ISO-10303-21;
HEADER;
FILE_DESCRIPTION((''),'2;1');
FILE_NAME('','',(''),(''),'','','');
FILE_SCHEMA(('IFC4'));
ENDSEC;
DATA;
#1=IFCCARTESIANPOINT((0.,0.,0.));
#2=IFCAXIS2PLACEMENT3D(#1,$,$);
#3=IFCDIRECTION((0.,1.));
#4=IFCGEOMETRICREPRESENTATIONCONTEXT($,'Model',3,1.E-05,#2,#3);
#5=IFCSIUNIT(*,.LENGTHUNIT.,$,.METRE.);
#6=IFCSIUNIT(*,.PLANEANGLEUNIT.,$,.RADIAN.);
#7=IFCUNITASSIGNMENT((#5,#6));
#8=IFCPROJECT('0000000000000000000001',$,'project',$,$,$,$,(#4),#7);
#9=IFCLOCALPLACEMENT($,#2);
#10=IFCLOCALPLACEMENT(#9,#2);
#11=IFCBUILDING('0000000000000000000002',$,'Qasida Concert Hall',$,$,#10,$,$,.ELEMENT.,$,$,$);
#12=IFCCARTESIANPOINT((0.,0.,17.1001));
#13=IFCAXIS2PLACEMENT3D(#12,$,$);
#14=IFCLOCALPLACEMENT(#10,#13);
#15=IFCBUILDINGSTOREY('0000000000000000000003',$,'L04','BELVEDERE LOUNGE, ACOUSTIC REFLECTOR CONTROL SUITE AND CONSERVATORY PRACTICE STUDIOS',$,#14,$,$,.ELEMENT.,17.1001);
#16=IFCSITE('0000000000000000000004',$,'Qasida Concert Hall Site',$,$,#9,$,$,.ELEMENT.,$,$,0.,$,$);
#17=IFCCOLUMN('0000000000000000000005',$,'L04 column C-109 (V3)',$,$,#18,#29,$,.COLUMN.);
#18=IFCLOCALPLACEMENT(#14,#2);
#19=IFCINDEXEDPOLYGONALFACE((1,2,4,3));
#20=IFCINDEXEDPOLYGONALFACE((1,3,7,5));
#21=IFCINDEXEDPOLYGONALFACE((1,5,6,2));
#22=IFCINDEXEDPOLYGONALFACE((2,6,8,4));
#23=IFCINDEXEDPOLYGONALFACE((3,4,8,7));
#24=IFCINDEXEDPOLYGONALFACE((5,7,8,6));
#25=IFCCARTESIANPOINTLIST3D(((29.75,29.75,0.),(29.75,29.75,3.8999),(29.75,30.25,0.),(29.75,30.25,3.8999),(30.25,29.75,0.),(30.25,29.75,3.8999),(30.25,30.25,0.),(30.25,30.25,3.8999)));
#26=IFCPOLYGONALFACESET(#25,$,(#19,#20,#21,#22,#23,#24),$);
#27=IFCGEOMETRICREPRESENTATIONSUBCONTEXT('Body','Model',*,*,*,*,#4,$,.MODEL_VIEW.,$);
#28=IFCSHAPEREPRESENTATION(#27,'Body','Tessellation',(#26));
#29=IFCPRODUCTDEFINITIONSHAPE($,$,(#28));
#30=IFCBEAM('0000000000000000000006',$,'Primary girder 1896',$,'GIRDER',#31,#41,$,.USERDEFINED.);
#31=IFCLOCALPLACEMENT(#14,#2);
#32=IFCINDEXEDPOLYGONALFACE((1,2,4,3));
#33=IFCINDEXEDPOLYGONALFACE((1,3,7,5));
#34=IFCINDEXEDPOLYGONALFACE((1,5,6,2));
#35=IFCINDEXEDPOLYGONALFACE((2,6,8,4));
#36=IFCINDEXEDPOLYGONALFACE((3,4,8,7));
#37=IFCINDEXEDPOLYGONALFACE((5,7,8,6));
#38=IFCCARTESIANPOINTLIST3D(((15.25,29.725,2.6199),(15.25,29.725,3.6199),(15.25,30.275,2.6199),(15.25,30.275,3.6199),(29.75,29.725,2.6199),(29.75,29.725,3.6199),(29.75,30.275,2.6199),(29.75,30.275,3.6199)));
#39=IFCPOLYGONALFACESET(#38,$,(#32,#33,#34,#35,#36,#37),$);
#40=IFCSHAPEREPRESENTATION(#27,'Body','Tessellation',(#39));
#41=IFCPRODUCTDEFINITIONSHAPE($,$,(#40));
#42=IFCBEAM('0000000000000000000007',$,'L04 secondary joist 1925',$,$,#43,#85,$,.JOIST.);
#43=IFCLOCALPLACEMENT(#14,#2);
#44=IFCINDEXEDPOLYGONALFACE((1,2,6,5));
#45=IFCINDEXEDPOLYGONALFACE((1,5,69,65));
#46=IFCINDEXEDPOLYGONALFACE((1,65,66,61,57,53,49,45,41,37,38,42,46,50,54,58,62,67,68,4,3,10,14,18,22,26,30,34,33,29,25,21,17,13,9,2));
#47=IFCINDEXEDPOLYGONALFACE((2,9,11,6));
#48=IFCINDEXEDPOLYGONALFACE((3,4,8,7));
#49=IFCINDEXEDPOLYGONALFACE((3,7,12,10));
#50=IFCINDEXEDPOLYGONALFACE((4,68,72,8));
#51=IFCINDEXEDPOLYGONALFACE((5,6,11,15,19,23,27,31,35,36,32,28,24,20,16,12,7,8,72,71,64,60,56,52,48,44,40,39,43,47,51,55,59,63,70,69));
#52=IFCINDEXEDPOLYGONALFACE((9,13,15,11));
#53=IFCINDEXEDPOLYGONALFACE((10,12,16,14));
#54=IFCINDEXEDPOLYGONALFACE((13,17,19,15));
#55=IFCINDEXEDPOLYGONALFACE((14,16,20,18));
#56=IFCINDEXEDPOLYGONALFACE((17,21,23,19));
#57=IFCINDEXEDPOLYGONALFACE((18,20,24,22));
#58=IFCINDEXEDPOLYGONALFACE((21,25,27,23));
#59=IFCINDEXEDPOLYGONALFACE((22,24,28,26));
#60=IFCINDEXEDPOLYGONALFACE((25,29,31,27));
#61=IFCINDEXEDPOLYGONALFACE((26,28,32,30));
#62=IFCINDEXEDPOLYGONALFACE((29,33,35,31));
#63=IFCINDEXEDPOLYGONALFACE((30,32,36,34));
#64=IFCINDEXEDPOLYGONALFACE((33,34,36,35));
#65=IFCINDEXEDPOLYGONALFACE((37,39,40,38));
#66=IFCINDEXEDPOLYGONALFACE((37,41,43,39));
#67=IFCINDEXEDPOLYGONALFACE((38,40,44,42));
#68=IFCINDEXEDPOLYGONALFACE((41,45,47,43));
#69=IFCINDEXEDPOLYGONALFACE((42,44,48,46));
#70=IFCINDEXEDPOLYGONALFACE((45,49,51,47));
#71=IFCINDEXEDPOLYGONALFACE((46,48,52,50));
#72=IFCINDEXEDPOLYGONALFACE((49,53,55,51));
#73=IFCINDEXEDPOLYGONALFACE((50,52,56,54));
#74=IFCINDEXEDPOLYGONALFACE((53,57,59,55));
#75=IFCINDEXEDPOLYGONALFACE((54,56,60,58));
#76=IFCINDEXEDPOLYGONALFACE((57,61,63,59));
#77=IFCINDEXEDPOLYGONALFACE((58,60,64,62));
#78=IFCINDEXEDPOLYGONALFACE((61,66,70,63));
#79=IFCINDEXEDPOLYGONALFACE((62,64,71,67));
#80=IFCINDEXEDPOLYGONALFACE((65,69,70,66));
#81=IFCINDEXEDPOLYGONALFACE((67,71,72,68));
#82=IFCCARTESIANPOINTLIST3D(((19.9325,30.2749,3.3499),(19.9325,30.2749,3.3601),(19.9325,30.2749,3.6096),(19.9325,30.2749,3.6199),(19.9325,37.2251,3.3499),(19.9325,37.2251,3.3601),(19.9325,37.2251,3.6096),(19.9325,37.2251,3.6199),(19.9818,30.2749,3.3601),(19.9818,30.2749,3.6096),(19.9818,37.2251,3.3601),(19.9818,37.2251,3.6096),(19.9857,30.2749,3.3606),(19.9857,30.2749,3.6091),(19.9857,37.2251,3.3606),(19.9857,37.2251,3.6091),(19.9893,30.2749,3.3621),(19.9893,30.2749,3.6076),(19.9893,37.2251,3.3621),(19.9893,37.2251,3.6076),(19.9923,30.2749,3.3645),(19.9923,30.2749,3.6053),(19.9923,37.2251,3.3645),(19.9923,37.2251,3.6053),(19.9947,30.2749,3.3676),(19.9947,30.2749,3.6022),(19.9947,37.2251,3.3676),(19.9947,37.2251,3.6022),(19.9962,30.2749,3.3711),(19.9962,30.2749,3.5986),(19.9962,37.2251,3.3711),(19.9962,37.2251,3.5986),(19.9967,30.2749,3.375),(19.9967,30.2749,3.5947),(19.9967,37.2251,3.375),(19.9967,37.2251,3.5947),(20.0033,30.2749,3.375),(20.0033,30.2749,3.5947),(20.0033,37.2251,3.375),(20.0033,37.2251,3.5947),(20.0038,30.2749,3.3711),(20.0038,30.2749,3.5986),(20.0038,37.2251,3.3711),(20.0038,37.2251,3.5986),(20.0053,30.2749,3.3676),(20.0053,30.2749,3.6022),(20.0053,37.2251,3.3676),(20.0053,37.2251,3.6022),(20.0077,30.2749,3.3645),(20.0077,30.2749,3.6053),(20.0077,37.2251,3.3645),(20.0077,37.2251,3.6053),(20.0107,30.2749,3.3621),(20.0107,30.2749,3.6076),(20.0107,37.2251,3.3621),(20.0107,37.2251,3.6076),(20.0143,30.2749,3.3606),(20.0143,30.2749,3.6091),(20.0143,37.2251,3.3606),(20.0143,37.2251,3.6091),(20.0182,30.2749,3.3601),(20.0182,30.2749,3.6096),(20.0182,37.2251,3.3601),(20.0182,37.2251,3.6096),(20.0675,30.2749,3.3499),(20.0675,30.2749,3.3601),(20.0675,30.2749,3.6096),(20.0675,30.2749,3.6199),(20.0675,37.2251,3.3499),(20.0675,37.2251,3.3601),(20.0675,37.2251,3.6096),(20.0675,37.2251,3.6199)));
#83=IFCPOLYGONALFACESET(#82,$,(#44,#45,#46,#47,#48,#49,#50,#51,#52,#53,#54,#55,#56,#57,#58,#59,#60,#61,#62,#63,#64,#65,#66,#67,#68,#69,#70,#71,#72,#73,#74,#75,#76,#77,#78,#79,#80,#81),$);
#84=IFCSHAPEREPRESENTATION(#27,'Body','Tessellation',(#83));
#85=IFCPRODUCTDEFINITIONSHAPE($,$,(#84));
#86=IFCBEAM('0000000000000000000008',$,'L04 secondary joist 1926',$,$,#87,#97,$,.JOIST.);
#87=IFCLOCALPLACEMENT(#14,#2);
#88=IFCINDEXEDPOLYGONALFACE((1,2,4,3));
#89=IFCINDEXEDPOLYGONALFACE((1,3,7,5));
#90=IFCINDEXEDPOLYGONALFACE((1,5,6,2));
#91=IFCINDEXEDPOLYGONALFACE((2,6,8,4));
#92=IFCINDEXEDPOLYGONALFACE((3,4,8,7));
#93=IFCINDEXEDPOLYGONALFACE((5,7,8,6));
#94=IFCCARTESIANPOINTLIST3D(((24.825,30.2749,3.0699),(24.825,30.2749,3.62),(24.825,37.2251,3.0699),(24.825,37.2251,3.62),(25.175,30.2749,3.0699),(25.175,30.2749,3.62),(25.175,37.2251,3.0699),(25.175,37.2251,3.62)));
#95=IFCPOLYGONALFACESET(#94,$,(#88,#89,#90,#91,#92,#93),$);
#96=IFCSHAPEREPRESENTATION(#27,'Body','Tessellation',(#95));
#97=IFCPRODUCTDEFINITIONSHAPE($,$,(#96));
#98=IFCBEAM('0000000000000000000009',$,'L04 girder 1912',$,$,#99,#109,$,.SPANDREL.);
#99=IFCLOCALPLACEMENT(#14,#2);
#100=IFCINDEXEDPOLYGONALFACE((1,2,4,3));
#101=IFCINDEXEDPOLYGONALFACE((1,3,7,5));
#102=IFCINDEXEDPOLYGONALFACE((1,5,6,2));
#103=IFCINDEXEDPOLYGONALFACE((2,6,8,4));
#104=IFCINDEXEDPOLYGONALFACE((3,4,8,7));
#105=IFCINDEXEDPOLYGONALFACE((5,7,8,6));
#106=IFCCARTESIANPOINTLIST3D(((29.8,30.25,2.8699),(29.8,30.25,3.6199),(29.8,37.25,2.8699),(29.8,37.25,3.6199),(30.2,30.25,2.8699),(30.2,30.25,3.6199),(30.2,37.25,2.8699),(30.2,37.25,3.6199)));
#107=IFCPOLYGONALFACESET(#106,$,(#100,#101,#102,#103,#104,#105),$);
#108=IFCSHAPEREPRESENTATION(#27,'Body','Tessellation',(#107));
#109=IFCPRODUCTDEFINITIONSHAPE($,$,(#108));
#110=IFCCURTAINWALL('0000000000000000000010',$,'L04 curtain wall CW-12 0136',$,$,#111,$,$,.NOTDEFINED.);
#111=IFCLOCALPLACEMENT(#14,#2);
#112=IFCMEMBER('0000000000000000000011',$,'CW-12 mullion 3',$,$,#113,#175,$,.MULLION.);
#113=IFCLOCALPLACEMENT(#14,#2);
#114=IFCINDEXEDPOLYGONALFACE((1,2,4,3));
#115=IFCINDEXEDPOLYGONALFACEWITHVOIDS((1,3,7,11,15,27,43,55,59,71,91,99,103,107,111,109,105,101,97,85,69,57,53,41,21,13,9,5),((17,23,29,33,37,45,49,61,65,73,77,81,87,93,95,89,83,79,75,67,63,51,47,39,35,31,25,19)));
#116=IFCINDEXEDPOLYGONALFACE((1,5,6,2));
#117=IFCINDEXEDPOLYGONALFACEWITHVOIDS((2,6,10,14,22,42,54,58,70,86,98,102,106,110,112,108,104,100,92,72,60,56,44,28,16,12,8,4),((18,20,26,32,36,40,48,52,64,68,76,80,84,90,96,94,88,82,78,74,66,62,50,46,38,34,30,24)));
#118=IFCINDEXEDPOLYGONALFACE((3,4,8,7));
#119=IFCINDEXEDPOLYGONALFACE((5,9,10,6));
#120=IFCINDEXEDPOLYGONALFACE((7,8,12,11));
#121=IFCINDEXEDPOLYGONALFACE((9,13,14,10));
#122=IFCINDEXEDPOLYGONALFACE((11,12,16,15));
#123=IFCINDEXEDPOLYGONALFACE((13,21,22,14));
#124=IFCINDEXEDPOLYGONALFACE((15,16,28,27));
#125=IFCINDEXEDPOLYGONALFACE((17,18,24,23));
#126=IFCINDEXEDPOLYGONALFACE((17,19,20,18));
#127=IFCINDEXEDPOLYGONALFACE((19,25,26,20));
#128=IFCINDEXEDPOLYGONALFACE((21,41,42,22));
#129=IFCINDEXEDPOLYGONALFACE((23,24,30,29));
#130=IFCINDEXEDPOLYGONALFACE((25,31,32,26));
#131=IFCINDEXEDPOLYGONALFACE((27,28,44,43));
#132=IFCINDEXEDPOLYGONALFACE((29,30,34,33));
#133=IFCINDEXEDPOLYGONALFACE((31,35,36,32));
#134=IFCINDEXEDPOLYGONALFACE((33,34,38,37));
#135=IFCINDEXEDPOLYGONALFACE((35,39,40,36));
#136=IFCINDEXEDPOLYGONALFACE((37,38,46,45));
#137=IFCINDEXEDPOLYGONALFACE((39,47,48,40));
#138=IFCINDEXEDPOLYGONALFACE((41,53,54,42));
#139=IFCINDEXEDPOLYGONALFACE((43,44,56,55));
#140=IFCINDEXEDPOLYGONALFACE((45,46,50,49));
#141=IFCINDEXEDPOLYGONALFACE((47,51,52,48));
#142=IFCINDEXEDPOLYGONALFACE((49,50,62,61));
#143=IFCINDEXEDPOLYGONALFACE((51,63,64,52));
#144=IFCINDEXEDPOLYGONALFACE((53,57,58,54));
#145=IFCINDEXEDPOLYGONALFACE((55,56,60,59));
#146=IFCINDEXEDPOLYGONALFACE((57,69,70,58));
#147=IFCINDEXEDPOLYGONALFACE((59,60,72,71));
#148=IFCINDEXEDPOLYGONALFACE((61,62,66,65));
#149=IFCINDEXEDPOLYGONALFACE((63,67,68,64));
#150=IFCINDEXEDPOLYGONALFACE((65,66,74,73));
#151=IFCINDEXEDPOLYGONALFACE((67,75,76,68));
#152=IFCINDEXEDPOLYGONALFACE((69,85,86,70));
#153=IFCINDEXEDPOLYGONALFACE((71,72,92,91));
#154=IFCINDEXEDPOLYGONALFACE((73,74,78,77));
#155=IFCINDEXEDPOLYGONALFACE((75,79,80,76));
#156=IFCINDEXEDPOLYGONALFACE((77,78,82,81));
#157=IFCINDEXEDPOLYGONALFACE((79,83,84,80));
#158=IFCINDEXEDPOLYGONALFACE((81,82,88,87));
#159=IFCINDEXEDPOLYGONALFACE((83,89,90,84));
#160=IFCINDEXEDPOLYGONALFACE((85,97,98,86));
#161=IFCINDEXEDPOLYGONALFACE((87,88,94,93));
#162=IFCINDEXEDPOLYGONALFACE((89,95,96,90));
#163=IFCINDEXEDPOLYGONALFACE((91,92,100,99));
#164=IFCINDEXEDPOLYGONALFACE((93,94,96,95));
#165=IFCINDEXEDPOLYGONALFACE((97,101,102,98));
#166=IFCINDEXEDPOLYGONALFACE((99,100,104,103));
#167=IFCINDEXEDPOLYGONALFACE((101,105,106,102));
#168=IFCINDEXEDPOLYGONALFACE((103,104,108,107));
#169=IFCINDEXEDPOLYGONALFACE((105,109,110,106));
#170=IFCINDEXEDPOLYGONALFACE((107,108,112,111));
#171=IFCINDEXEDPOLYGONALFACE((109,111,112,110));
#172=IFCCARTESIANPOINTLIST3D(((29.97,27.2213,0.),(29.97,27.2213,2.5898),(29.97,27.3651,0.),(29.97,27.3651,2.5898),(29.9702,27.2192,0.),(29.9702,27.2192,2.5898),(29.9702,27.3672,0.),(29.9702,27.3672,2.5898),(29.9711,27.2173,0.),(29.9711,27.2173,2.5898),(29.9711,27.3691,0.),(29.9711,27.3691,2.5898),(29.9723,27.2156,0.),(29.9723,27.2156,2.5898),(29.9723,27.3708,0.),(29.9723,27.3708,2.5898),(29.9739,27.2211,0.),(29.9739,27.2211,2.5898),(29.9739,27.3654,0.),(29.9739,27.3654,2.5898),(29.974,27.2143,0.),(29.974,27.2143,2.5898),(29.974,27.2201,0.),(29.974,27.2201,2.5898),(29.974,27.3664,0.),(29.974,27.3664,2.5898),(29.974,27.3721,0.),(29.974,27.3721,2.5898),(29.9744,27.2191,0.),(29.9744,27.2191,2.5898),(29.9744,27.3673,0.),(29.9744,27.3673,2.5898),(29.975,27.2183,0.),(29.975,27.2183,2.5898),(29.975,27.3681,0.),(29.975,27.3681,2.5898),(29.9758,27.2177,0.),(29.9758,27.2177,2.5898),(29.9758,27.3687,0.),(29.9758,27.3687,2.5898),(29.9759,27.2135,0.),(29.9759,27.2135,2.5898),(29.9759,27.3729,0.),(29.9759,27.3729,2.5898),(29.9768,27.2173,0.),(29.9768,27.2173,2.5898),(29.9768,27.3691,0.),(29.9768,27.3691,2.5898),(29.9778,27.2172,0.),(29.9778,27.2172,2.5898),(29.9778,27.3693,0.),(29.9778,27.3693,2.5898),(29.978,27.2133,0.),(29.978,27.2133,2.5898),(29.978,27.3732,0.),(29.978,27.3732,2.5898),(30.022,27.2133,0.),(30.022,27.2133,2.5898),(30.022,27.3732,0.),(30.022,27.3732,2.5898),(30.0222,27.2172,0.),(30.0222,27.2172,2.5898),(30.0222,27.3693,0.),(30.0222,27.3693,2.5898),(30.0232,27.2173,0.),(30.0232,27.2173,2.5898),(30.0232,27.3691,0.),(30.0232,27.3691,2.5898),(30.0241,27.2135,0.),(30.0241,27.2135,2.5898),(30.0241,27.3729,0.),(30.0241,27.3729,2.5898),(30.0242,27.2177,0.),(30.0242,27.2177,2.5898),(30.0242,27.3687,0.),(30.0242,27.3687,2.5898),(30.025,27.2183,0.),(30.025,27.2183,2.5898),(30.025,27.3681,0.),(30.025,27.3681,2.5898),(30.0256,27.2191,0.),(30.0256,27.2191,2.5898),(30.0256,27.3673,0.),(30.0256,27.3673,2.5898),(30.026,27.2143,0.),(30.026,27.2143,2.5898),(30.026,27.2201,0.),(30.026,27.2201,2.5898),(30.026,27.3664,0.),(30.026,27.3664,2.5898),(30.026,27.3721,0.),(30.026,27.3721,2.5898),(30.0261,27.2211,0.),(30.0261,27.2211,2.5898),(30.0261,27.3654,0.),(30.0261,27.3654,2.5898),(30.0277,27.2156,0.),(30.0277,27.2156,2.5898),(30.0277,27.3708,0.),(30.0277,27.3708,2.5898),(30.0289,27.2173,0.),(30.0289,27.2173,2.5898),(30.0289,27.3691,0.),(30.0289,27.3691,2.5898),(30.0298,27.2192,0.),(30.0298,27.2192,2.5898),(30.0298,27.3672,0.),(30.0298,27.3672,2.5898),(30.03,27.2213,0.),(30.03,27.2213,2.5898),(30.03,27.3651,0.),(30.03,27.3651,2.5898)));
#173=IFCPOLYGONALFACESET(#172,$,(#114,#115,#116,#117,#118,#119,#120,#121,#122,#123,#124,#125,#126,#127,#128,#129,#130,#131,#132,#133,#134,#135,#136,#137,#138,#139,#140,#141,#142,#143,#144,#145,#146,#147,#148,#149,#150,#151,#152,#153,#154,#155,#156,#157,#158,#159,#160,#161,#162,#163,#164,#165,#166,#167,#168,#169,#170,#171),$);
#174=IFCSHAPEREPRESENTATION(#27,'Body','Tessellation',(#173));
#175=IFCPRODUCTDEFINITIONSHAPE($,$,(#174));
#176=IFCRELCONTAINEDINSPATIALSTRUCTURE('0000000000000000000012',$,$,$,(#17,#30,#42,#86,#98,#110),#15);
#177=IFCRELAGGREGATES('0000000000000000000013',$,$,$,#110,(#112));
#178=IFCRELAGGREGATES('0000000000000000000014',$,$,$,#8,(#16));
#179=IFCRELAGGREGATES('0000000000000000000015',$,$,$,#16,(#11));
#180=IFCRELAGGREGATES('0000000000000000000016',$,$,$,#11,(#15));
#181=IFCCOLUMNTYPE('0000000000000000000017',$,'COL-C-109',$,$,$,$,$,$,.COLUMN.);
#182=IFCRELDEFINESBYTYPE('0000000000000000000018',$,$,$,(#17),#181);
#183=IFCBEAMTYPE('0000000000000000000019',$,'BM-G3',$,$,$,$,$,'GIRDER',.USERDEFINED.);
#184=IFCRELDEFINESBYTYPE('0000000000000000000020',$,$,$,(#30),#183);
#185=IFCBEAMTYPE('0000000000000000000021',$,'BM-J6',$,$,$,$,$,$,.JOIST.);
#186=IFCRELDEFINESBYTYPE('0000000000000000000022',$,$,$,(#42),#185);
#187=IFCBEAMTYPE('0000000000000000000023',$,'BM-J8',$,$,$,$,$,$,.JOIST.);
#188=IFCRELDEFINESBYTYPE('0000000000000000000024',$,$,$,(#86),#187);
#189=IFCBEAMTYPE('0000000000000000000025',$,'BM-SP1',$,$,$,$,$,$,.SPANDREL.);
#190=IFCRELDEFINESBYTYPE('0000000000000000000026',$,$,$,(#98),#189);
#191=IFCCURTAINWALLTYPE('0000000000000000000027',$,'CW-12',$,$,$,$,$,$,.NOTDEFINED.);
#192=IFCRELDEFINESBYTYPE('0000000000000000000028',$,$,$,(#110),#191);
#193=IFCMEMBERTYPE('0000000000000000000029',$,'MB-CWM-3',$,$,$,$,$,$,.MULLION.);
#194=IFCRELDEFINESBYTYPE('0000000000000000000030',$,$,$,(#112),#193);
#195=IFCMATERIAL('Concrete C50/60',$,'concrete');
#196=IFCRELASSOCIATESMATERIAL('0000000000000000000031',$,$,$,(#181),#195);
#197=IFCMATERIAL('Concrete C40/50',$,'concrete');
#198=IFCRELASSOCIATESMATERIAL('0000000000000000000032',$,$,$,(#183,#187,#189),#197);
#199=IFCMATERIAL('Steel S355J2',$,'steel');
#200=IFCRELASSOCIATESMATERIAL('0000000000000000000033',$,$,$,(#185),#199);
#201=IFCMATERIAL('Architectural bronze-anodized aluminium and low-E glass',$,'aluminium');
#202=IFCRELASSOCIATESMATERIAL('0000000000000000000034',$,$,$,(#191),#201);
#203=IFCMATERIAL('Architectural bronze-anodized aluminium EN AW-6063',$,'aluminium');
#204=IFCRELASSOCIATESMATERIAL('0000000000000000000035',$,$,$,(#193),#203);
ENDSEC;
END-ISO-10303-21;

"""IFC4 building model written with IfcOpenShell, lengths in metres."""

from ifc_helpers import new_model, si_unit, direction, frame, origin, origin_2d, place, context, subcontext, project, spatial, rectangle, hollow_rectangle, i_section, extrude, material, material_profile, profile_set, type_object, element, aggregate, save


model = new_model("IFC4")

# Units and contexts
model_context = context("Model", 3, precision=1e-05, world=origin(), true_north=direction((0.0, 1.0)))
body_context = subcontext(model_context, "Body", "Model", "MODEL_VIEW")
ifc_project = project(units=[si_unit("LENGTHUNIT", "METRE"), si_unit("PLANEANGLEUNIT", "RADIAN")], contexts=[model_context])

# Site, building, storey
site_placement = place(None, origin())
site = spatial("IfcSite", under=ifc_project, at=site_placement, Name="Qasida Concert Hall Site", CompositionType="ELEMENT", RefElevation=0.0)
building_placement = place(site_placement, origin())
building = spatial("IfcBuilding", under=site, at=building_placement, Name="Qasida Concert Hall", CompositionType="ELEMENT")
storey_placement = place(building_placement, frame((0.0, 0.0, 17.1001)))
storey = spatial("IfcBuildingStorey", under=building, at=storey_placement, Name="L04", Description="BELVEDERE LOUNGE, ACOUSTIC REFLECTOR CONTROL SUITE AND CONSERVATORY PRACTICE STUDIOS", CompositionType="ELEMENT", Elevation=17.1001)

# Column
ifc_material_1 = material(Name="Concrete C50/60", Category="concrete")
ifc_material_profile_1 = material_profile(ifc_material_1, rectangle(XDim=0.5, YDim=0.5, at=origin_2d()), Name="RC 500x500")
ifc_profile_set_1 = profile_set([ifc_material_profile_1], Name="Concrete C50/60")
column_type = type_object("IfcColumnType", Name="COL-C-109", PredefinedType="COLUMN", material=ifc_profile_set_1)
column_placement = place(storey_placement, frame((30.0, 30.0, 0.0), z_axis=(0.0, 0.0, 1.0), x_axis=(1.0, 0.0, 0.0)))
element("IfcColumn", 1, at=column_placement, inside=storey, type_object=column_type, Name="L04 column C-109 (V3)", PredefinedType="COLUMN", context=body_context, shape_type="SweptSolid", body=[
    extrude(rectangle(XDim=0.5, YDim=0.5, at=origin_2d()), origin(), (0.0, 0.0, 1.0), 3.8999),
])

# Beams
ifc_material_2 = material(Name="Concrete C40/50", Category="concrete")
ifc_material_profile_2 = material_profile(ifc_material_2, rectangle(XDim=0.55, YDim=1.0, at=origin_2d()), Name="RC 550x1000")
ifc_profile_set_2 = profile_set([ifc_material_profile_2], Name="Concrete C40/50")
beam_type_1 = type_object("IfcBeamType", Name="BM-G3", ElementType="GIRDER", PredefinedType="USERDEFINED", material=ifc_profile_set_2)
beam_1_placement = place(storey_placement, frame((15.25, 30.0, 3.1199), z_axis=(1.0, 0.0, 0.0), x_axis=(0.0, 1.0, 0.0)))
element("IfcBeam", 2, at=beam_1_placement, inside=storey, type_object=beam_type_1, Name="Primary girder 1896", ObjectType="GIRDER", PredefinedType="USERDEFINED", context=body_context, shape_type="SweptSolid", body=[
    extrude(rectangle(XDim=0.55, YDim=1.0, at=origin_2d()), origin(), (0.0, 0.0, 1.0), 14.5),
])
ifc_material_3 = material(Name="Steel S355J2", Category="steel")
ifc_material_profile_3 = material_profile(ifc_material_3, i_section(OverallWidth=0.135, OverallDepth=0.27, WebThickness=0.0066, FlangeThickness=0.0103, FilletRadius=0.0149, at=origin_2d()), Name="IPE 270")
ifc_profile_set_3 = profile_set([ifc_material_profile_3], Name="Steel S355J2")
beam_type_2 = type_object("IfcBeamType", Name="BM-J6", PredefinedType="JOIST", material=ifc_profile_set_3)
beam_2_placement = place(storey_placement, frame((20.0, 30.2749, 3.4849), z_axis=(0.0, 1.0, 0.0), x_axis=(-1.0, 0.0, 0.0)))
element("IfcBeam", 3, at=beam_2_placement, inside=storey, type_object=beam_type_2, Name="L04 secondary joist 1925", PredefinedType="JOIST", context=body_context, shape_type="SweptSolid", body=[
    extrude(i_section(OverallWidth=0.135, OverallDepth=0.27, WebThickness=0.0066, FlangeThickness=0.0103, FilletRadius=0.0149, at=origin_2d()), origin(), (0.0, 0.0, 1.0), 6.9502),
])
ifc_material_profile_4 = material_profile(ifc_material_2, rectangle(XDim=0.3501, YDim=0.55, at=origin_2d()), Name="RC 350x550")
ifc_profile_set_4 = profile_set([ifc_material_profile_4], Name="Concrete C40/50")
beam_type_3 = type_object("IfcBeamType", Name="BM-J8", PredefinedType="JOIST", material=ifc_profile_set_4)
beam_3_placement = place(storey_placement, frame((25.0, 30.2749, 3.345), z_axis=(0.0, 1.0, 0.0), x_axis=(-1.0, 0.0, 0.0)))
element("IfcBeam", 4, at=beam_3_placement, inside=storey, type_object=beam_type_3, Name="L04 secondary joist 1926", PredefinedType="JOIST", context=body_context, shape_type="SweptSolid", body=[
    extrude(rectangle(XDim=0.3501, YDim=0.55, at=origin_2d()), origin(), (0.0, 0.0, 1.0), 6.9502),
])
ifc_material_profile_5 = material_profile(ifc_material_2, rectangle(XDim=0.3999, YDim=0.75, at=origin_2d()), Name="RC 400x750")
ifc_profile_set_5 = profile_set([ifc_material_profile_5], Name="Concrete C40/50")
beam_type_4 = type_object("IfcBeamType", Name="BM-SP1", PredefinedType="SPANDREL", material=ifc_profile_set_5)
beam_4_placement = place(storey_placement, frame((30.0, 30.25, 3.2449), z_axis=(0.0, 1.0, 0.0), x_axis=(-1.0, 0.0, 0.0)))
element("IfcBeam", 5, at=beam_4_placement, inside=storey, type_object=beam_type_4, Name="L04 girder 1912", PredefinedType="SPANDREL", context=body_context, shape_type="SweptSolid", body=[
    extrude(rectangle(XDim=0.3999, YDim=0.75, at=origin_2d()), origin(), (0.0, 0.0, 1.0), 7.0),
])

# Curtain wall, member
ifc_material_4 = material(Name="Architectural bronze-anodized aluminium and low-E glass", Category="aluminium")
curtain_wall_type = type_object("IfcCurtainWallType", Name="CW-12", PredefinedType="NOTDEFINED", material=ifc_material_4)
curtain_wall_1_placement = place(storey_placement, origin())
curtain_wall_1 = element("IfcCurtainWall", 6, at=curtain_wall_1_placement, inside=storey, type_object=curtain_wall_type, Name="L04 curtain wall CW-12 0136", PredefinedType="NOTDEFINED")
ifc_material_5 = material(Name="Architectural bronze-anodized aluminium EN AW-6063", Category="aluminium")
ifc_material_profile_6 = material_profile(ifc_material_5, hollow_rectangle(XDim=0.0601, YDim=0.1599, WallThickness=0.0039, InnerFilletRadius=0.0039, OuterFilletRadius=0.0081, at=origin_2d()), Name="CWM 160x60x4")
ifc_profile_set_6 = profile_set([ifc_material_profile_6], Name="Architectural bronze-anodized aluminium EN AW-6063")
member_type_1 = type_object("IfcMemberType", Name="MB-CWM-3", PredefinedType="MULLION", material=ifc_profile_set_6)
member_1_placement = place(storey_placement, frame((30.0, 27.2932, 0.0), z_axis=(0.0, 0.0, 1.0), x_axis=(-1.0, 0.0, 0.0)))
member_1 = element("IfcMember", 7, at=member_1_placement, type_object=member_type_1, Name="CW-12 mullion 3", PredefinedType="MULLION", context=body_context, shape_type="SweptSolid", body=[
    extrude(hollow_rectangle(XDim=0.0601, YDim=0.1599, WallThickness=0.0039, InnerFilletRadius=0.0039, OuterFilletRadius=0.0081, at=origin_2d()), origin(), (0.0, 0.0, 1.0), 2.5898),
])

aggregate(curtain_wall_1, [member_1])

save(model, "model.ifc")
